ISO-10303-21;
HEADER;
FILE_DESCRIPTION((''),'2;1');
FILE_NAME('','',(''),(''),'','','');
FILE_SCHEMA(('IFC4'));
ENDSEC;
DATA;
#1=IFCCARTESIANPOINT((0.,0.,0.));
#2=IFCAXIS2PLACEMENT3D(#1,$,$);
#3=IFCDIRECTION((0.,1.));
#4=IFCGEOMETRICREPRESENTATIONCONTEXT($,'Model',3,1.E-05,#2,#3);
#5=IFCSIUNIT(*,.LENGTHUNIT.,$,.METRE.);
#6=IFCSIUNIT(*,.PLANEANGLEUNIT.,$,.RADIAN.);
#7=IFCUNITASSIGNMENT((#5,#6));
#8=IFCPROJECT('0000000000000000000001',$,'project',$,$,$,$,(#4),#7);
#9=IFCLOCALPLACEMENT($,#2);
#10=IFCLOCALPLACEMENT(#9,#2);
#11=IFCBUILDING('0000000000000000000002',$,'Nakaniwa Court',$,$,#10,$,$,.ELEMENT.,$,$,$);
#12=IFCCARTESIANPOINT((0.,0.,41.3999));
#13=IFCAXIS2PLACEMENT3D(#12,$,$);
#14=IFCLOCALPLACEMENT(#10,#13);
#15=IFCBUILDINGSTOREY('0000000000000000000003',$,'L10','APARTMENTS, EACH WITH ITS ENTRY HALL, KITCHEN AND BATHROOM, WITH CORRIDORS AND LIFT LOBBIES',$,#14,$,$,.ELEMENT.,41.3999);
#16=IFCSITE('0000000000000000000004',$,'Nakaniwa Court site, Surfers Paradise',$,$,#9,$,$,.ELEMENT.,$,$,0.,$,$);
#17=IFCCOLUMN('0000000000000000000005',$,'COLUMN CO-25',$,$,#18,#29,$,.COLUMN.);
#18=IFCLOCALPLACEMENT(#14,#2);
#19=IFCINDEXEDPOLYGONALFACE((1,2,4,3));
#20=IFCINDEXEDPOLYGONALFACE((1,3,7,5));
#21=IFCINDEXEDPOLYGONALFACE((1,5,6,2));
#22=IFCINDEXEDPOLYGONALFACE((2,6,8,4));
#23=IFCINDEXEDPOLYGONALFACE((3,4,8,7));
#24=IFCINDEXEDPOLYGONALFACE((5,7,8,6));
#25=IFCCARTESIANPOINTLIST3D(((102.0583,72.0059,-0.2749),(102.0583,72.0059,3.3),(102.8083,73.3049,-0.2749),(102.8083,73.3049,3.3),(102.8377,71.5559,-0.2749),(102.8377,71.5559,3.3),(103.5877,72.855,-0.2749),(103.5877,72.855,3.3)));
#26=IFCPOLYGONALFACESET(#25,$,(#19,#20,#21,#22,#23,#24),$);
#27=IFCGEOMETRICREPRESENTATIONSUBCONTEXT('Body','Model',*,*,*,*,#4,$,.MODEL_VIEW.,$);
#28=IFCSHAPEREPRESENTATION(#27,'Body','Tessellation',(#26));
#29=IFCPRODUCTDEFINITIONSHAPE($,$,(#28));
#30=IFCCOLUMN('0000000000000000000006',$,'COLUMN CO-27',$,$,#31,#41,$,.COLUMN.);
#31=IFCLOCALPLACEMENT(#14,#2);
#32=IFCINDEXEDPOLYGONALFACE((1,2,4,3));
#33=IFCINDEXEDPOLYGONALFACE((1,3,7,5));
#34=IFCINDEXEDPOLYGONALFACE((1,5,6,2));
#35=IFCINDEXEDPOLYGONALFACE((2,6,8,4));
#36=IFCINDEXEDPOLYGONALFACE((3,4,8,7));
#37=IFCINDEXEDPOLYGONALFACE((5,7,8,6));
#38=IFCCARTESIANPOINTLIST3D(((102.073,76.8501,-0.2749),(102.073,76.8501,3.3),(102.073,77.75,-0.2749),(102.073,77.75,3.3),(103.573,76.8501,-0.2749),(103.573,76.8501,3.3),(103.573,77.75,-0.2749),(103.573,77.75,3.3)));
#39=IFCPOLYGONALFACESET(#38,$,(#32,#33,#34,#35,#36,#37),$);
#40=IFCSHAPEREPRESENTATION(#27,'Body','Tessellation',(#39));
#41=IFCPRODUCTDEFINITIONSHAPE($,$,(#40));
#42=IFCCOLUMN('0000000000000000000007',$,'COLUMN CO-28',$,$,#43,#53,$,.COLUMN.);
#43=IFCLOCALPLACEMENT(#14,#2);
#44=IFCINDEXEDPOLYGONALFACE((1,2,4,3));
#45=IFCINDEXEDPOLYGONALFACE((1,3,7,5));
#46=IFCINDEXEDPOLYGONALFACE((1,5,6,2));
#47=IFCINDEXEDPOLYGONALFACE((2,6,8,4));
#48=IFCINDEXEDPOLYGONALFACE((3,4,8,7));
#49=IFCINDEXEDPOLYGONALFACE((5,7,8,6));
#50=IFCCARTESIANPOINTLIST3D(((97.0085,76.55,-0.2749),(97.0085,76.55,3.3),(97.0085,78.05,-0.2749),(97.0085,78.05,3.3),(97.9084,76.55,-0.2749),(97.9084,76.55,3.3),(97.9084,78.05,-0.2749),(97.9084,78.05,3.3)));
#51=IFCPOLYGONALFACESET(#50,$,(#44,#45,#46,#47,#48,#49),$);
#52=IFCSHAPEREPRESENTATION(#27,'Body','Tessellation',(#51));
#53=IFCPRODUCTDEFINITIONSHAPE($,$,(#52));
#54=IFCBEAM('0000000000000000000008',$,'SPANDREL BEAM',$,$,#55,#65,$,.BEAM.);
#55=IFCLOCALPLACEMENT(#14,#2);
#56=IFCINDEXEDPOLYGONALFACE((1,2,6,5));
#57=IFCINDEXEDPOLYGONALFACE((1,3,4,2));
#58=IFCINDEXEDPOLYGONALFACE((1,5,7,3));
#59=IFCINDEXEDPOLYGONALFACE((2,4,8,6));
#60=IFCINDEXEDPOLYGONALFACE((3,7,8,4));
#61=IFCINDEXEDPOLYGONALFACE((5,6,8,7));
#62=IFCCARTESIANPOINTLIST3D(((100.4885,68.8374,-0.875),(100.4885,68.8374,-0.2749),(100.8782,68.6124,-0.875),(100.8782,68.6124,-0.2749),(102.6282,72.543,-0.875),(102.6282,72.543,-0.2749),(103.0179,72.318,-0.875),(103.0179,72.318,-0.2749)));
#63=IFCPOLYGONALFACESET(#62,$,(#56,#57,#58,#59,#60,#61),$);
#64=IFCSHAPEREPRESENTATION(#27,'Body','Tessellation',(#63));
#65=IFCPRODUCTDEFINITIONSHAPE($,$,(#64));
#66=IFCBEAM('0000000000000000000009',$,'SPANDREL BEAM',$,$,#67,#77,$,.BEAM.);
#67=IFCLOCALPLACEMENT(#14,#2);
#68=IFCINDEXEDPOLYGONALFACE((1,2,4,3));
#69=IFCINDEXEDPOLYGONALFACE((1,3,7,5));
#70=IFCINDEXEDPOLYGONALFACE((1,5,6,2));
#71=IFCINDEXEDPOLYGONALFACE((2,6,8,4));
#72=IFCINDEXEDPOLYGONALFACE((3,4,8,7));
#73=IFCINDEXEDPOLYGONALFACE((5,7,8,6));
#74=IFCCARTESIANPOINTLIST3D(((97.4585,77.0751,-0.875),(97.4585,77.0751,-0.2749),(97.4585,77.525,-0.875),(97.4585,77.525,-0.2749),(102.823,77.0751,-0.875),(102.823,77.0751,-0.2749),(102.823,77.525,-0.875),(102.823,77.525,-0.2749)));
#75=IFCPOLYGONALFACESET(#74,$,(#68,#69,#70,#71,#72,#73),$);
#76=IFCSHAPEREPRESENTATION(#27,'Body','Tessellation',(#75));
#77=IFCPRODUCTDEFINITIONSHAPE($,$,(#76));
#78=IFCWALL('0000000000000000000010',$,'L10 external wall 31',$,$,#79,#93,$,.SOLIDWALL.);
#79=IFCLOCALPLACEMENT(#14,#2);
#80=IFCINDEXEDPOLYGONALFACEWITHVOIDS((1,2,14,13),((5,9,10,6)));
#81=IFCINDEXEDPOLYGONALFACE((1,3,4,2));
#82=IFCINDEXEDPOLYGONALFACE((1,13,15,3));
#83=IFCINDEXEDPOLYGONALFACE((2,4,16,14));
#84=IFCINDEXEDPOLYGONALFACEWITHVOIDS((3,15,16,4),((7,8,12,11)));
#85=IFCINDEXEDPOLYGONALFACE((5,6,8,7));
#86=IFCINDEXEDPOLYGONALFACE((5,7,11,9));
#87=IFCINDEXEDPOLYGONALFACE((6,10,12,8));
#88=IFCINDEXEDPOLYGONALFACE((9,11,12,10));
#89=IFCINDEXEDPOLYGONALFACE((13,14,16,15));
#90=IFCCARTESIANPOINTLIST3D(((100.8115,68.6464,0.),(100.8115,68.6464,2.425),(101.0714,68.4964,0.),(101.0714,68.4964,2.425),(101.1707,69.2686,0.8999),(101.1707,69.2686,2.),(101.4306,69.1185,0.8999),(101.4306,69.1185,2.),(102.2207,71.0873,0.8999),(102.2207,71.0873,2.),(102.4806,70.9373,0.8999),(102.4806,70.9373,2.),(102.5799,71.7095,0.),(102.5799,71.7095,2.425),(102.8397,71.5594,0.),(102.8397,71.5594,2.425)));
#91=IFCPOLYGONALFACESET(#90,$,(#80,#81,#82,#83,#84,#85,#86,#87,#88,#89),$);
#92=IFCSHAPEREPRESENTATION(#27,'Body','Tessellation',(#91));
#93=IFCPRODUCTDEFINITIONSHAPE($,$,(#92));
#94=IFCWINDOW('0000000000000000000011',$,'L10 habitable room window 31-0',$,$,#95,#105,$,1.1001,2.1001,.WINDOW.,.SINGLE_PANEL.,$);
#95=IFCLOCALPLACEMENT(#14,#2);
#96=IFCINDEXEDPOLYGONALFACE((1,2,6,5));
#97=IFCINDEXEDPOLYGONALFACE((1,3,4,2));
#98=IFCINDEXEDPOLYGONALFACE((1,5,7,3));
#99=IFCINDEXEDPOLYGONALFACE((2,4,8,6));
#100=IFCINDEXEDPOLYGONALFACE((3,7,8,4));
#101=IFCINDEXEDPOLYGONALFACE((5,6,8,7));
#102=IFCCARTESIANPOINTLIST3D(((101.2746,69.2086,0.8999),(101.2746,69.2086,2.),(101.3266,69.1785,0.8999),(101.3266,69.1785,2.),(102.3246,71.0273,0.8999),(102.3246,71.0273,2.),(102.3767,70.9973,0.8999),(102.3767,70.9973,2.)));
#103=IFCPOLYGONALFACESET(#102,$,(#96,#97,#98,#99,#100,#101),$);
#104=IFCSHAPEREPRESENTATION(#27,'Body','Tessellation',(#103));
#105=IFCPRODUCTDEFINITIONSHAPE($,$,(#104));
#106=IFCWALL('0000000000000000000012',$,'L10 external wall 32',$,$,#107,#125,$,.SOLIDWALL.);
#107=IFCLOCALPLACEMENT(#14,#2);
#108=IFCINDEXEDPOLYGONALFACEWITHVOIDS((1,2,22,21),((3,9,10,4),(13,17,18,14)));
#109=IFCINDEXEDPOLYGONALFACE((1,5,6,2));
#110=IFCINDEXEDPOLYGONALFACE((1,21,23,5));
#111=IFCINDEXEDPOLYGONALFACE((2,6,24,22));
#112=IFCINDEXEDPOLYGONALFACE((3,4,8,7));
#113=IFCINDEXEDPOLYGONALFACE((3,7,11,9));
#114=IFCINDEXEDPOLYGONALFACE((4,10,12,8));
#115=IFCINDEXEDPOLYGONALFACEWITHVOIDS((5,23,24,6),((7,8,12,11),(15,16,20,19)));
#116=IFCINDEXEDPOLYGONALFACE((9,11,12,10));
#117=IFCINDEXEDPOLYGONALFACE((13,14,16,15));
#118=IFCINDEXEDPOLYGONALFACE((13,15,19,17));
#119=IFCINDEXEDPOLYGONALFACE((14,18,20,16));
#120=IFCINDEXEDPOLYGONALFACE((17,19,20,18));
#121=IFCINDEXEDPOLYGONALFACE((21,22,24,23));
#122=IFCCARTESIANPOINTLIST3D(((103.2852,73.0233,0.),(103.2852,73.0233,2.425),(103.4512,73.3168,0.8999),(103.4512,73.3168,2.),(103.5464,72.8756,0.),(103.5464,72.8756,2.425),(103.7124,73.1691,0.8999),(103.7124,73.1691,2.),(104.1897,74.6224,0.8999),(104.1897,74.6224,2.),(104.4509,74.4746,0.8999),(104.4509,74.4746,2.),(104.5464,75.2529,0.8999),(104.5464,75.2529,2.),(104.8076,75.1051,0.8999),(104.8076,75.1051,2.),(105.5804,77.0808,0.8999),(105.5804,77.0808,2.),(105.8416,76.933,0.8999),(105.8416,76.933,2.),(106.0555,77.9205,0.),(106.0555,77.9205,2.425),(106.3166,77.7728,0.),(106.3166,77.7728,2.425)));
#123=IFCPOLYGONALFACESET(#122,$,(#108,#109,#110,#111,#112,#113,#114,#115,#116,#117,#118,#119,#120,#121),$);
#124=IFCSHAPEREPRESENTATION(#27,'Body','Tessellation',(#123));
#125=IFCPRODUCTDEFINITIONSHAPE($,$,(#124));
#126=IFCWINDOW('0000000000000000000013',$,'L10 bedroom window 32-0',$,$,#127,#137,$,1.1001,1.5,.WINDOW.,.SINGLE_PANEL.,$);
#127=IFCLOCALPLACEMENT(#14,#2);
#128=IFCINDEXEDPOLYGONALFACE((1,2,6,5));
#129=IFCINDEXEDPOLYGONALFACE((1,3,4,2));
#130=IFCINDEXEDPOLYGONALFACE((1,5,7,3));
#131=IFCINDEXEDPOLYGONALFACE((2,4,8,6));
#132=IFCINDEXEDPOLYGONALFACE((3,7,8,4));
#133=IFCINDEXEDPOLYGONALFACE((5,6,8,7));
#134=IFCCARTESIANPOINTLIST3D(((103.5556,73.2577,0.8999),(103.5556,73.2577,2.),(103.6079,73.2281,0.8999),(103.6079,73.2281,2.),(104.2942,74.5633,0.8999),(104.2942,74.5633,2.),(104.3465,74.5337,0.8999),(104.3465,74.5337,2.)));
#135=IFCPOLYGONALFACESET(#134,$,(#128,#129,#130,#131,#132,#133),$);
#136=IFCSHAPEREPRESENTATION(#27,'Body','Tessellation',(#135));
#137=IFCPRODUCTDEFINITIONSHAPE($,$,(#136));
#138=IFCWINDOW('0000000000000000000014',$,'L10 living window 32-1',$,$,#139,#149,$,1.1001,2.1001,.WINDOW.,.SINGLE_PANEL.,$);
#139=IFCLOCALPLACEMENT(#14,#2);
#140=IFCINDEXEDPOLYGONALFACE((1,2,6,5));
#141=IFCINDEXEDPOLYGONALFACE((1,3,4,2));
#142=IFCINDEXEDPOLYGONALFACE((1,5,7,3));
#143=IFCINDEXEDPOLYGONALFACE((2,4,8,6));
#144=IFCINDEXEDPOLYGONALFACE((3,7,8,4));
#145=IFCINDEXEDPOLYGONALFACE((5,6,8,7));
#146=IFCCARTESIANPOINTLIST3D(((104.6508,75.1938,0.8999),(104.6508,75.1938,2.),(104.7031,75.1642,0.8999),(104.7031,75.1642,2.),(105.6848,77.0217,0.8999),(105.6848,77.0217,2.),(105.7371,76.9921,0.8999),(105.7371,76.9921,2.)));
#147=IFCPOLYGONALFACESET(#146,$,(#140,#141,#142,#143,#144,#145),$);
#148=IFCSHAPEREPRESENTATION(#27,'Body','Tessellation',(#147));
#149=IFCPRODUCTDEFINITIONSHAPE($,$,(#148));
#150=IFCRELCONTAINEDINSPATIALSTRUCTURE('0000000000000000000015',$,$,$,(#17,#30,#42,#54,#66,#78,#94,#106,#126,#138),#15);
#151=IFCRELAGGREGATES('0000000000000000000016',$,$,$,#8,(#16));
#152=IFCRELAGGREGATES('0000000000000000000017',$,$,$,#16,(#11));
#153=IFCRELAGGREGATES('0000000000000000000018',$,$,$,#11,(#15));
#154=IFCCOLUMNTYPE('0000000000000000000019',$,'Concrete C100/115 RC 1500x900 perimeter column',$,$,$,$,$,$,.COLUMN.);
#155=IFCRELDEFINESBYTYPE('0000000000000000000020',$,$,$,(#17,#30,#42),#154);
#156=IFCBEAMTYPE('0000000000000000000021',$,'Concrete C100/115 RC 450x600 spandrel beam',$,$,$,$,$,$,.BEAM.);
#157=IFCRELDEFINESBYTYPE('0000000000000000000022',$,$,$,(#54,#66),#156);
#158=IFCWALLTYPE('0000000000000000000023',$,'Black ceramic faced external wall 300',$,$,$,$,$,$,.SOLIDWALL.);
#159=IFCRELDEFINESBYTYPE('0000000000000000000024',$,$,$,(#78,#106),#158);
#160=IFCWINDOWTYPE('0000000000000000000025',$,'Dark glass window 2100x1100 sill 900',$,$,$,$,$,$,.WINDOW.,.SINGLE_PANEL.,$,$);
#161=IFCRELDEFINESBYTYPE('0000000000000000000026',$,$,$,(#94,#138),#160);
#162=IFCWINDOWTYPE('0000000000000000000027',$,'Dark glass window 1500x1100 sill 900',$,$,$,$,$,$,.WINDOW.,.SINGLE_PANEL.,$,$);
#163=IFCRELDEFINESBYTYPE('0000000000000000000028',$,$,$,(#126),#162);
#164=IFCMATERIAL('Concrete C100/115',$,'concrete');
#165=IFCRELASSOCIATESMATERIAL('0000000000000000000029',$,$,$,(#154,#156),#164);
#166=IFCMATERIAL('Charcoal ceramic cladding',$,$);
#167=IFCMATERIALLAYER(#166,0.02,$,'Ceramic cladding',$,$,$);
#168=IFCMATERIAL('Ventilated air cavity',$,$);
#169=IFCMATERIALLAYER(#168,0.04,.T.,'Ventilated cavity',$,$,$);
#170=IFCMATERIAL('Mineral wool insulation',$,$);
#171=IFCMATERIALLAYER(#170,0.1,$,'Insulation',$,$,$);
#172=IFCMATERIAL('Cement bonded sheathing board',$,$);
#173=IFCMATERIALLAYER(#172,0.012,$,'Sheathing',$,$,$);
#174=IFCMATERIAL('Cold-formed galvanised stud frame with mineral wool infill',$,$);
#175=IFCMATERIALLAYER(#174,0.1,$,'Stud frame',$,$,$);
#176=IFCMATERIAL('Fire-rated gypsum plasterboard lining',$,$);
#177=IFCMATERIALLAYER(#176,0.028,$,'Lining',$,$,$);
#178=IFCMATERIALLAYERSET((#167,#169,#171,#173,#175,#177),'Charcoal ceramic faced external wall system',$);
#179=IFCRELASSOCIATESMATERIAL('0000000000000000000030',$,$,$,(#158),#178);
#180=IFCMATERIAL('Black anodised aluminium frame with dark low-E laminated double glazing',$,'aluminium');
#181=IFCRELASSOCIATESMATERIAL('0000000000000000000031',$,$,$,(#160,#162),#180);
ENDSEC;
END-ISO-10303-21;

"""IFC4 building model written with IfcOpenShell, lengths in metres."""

from ifc_helpers import new_model, si_unit, direction, frame, frame_2d, origin, origin_2d, place, context, subcontext, project, spatial, rectangle, extrude, material, layer, layer_set, material_profile, profile_set, type_object, element, fill, save


model = new_model("IFC4")

# Units and contexts
model_context = context("Model", 3, precision=1e-05, world=origin(), true_north=direction((0.0, 1.0)))
body_context = subcontext(model_context, "Body", "Model", "MODEL_VIEW")
ifc_project = project(units=[si_unit("LENGTHUNIT", "METRE"), si_unit("PLANEANGLEUNIT", "RADIAN")], contexts=[model_context])

# Site, building, storey
site_placement = place(None, origin())
site = spatial("IfcSite", under=ifc_project, at=site_placement, Name="Nakaniwa Court site, Surfers Paradise", CompositionType="ELEMENT", RefElevation=0.0)
building_placement = place(site_placement, origin())
building = spatial("IfcBuilding", under=site, at=building_placement, Name="Nakaniwa Court", CompositionType="ELEMENT")
storey_placement = place(building_placement, frame((0.0, 0.0, 41.3999)))
storey = spatial("IfcBuildingStorey", under=building, at=storey_placement, Name="L10", Description="APARTMENTS, EACH WITH ITS ENTRY HALL, KITCHEN AND BATHROOM, WITH CORRIDORS AND LIFT LOBBIES", CompositionType="ELEMENT", Elevation=41.3999)

# Columns
ifc_material_1 = material(Name="Concrete C100/115", Category="concrete")
ifc_material_profile_1 = material_profile(ifc_material_1, rectangle(XDim=1.5, YDim=0.8999, at=origin_2d()), Name="Concrete C100/115 RC 1500x900 perimeter column")
ifc_profile_set_1 = profile_set([ifc_material_profile_1], Name="Concrete C100/115")
column_type = type_object("IfcColumnType", Name="Concrete C100/115 RC 1500x900 perimeter column", PredefinedType="COLUMN", material=ifc_profile_set_1)
for number, where, z_axis, x_axis, name in (
    (1, (102.823, 72.4304, -0.2749), (0.0, 0.0, 1.0), (0.5, 0.866025, 0.0), "COLUMN CO-25"),
    (2, (102.823, 77.3, -0.2749), (0.0, 0.0, 1.0), (-1.0, 0.0, 0.0), "COLUMN CO-27"),
    (3, (97.4585, 77.3, -0.2749), (0.0, 0.0, 1.0), (0.0, 1.0, 0.0), "COLUMN CO-28"),
):
    element("IfcColumn", number, at=place(storey_placement, frame(where, z_axis=z_axis, x_axis=x_axis)), inside=storey, type_object=column_type, Name=name, PredefinedType="COLUMN", context=body_context, shape_type="SweptSolid", body=[
        extrude(rectangle(XDim=1.5, YDim=0.8999, at=origin_2d()), origin(), (0.0, 0.0, 1.0), 3.575),
    ])

# Beams
ifc_material_profile_2 = material_profile(ifc_material_1, rectangle(XDim=0.45, YDim=0.6001, at=origin_2d()), Name="Concrete C100/115 RC 450x600 spandrel beam")
ifc_profile_set_2 = profile_set([ifc_material_profile_2], Name="Concrete C100/115")
beam_type = type_object("IfcBeamType", Name="Concrete C100/115 RC 450x600 spandrel beam", PredefinedType="BEAM", material=ifc_profile_set_2)
beam_1_placement = place(storey_placement, frame((100.6833, 68.7249, -0.575), z_axis=(0.500042, 0.866001, 0.0), x_axis=(-0.866001, 0.500042, 0.0)))
element("IfcBeam", 4, at=beam_1_placement, inside=storey, type_object=beam_type, Name="SPANDREL BEAM", PredefinedType="BEAM", context=body_context, shape_type="SweptSolid", body=[
    extrude(rectangle(XDim=0.45, YDim=0.6001, at=origin_2d()), origin(), (0.0, 0.0, 1.0), 4.2791),
])
beam_2_placement = place(storey_placement, frame((102.823, 77.3, -0.575), z_axis=(-1.0, 0.0, 0.0), x_axis=(0.0, -1.0, 0.0)))
element("IfcBeam", 5, at=beam_2_placement, inside=storey, type_object=beam_type, Name="SPANDREL BEAM", PredefinedType="BEAM", context=body_context, shape_type="SweptSolid", body=[
    extrude(rectangle(XDim=0.45, YDim=0.6001, at=origin_2d()), origin(), (0.0, 0.0, 1.0), 5.3645),
])

# Wall, opening, window
ifc_material_2 = material(Name="Charcoal ceramic cladding")
ifc_layer_1 = layer(ifc_material_2, 0.02, Name="Ceramic cladding")
ifc_material_3 = material(Name="Ventilated air cavity")
ifc_layer_2 = layer(ifc_material_3, 0.04, ventilated=True, Name="Ventilated cavity")
ifc_material_4 = material(Name="Mineral wool insulation")
ifc_layer_3 = layer(ifc_material_4, 0.1, Name="Insulation")
ifc_material_5 = material(Name="Cement bonded sheathing board")
ifc_layer_4 = layer(ifc_material_5, 0.012, Name="Sheathing")
ifc_material_6 = material(Name="Cold-formed galvanised stud frame with mineral wool infill")
ifc_layer_5 = layer(ifc_material_6, 0.1, Name="Stud frame")
ifc_material_7 = material(Name="Fire-rated gypsum plasterboard lining")
ifc_layer_6 = layer(ifc_material_7, 0.028, Name="Lining")
ifc_layer_set = layer_set([ifc_layer_1, ifc_layer_2, ifc_layer_3, ifc_layer_4, ifc_layer_5, ifc_layer_6], Name="Charcoal ceramic faced external wall system")
wall_type = type_object("IfcWallType", Name="Black ceramic faced external wall 300", PredefinedType="SOLIDWALL", material=ifc_layer_set)
wall_1_placement = place(storey_placement, frame((100.9414, 68.5713, 0.0), z_axis=(0.0, 0.0, 1.0), x_axis=(0.499977, 0.866038, 0.0)))
wall_1 = element("IfcWall", 6, at=wall_1_placement, inside=storey, type_object=wall_type, Name="L10 external wall 31", PredefinedType="SOLIDWALL", context=body_context, shape_type="SweptSolid", body=[
    extrude(rectangle(XDim=3.5369, YDim=0.3, at=frame_2d((1.7686, 0.0))), origin(), (0.0, 0.0, 1.0), 2.425),
])
opening_1_placement = place(wall_1_placement, frame((0.7185, 0.0, 0.8999)))
opening_1 = element("IfcOpeningElement", 7, at=opening_1_placement, cuts=wall_1, PredefinedType="OPENING", context=body_context, shape_type="SweptSolid", body=[
    extrude(rectangle(XDim=2.1001, YDim=1.1001, at=frame_2d((1.05, 0.55))), frame((0.0, 0.1599, 0.0), z_axis=(0.0, -1.0, 0.0), x_axis=(1.0, 0.0, 0.0)), (0.0, 0.0, 1.0), 0.3201),
])
ifc_material_8 = material(Name="Black anodised aluminium frame with dark low-E laminated double glazing", Category="aluminium")
window_type_1 = type_object("IfcWindowType", Name="Dark glass window 2100x1100 sill 900", PartitioningType="SINGLE_PANEL", PredefinedType="WINDOW", material=ifc_material_8)
window_1_placement = place(opening_1_placement, origin())
window_1 = element("IfcWindow", 8, at=window_1_placement, inside=storey, type_object=window_type_1, Name="L10 habitable room window 31-0", OverallHeight=1.1001, OverallWidth=2.1001, PartitioningType="SINGLE_PANEL", PredefinedType="WINDOW", context=body_context, shape_type="SweptSolid", body=[
    extrude(rectangle(XDim=2.1001, YDim=1.1001, at=frame_2d((1.05, 0.55))), frame((0.0, 0.03, 0.0), z_axis=(0.0, -1.0, 0.0), x_axis=(1.0, 0.0, 0.0)), (0.0, 0.0, 1.0), 0.0601),
])
fill(opening_1, window_1)

# Wall, openings, windows
wall_2_placement = place(storey_placement, frame((103.4158, 72.9495, 0.0), z_axis=(0.0, 0.0, 1.0), x_axis=(0.492363, 0.87039, 0.0)))
wall_2 = element("IfcWall", 9, at=wall_2_placement, inside=storey, type_object=wall_type, Name="L10 external wall 32", PredefinedType="SOLIDWALL", context=body_context, shape_type="SweptSolid", body=[
    extrude(rectangle(XDim=5.6265, YDim=0.3, at=frame_2d((2.8132, 0.0))), origin(), (0.0, 0.0, 1.0), 2.425),
])
opening_2_placement = place(wall_2_placement, frame((0.3372, 0.0, 0.8999)))
opening_2 = element("IfcOpeningElement", 10, at=opening_2_placement, cuts=wall_2, PredefinedType="OPENING", context=body_context, shape_type="SweptSolid", body=[
    extrude(rectangle(XDim=1.5, YDim=1.1001, at=frame_2d((0.75, 0.55))), frame((0.0, 0.1599, 0.0), z_axis=(0.0, -1.0, 0.0), x_axis=(1.0, 0.0, 0.0)), (0.0, 0.0, 1.0), 0.3201),
])
opening_3_placement = place(wall_2_placement, frame((2.5615, 0.0, 0.8999)))
opening_3 = element("IfcOpeningElement", 11, at=opening_3_placement, cuts=wall_2, PredefinedType="OPENING", context=body_context, shape_type="SweptSolid", body=[
    extrude(rectangle(XDim=2.1001, YDim=1.1001, at=frame_2d((1.05, 0.55))), frame((0.0, 0.1599, 0.0), z_axis=(0.0, -1.0, 0.0), x_axis=(1.0, 0.0, 0.0)), (0.0, 0.0, 1.0), 0.3201),
])
window_type_2 = type_object("IfcWindowType", Name="Dark glass window 1500x1100 sill 900", PartitioningType="SINGLE_PANEL", PredefinedType="WINDOW", material=ifc_material_8)
window_2_placement = place(opening_2_placement, origin())
window_2 = element("IfcWindow", 12, at=window_2_placement, inside=storey, type_object=window_type_2, Name="L10 bedroom window 32-0", OverallHeight=1.1001, OverallWidth=1.5, PartitioningType="SINGLE_PANEL", PredefinedType="WINDOW", context=body_context, shape_type="SweptSolid", body=[
    extrude(rectangle(XDim=1.5, YDim=1.1001, at=frame_2d((0.75, 0.55))), frame((0.0, 0.03, 0.0), z_axis=(0.0, -1.0, 0.0), x_axis=(1.0, 0.0, 0.0)), (0.0, 0.0, 1.0), 0.0601),
])
fill(opening_2, window_2)
window_3_placement = place(opening_3_placement, origin())
window_3 = element("IfcWindow", 13, at=window_3_placement, inside=storey, type_object=window_type_1, Name="L10 living window 32-1", OverallHeight=1.1001, OverallWidth=2.1001, PartitioningType="SINGLE_PANEL", PredefinedType="WINDOW", context=body_context, shape_type="SweptSolid", body=[
    extrude(rectangle(XDim=2.1001, YDim=1.1001, at=frame_2d((1.05, 0.55))), frame((0.0, 0.03, 0.0), z_axis=(0.0, -1.0, 0.0), x_axis=(1.0, 0.0, 0.0)), (0.0, 0.0, 1.0), 0.0601),
])
fill(opening_3, window_3)

save(model, "model.ifc")
